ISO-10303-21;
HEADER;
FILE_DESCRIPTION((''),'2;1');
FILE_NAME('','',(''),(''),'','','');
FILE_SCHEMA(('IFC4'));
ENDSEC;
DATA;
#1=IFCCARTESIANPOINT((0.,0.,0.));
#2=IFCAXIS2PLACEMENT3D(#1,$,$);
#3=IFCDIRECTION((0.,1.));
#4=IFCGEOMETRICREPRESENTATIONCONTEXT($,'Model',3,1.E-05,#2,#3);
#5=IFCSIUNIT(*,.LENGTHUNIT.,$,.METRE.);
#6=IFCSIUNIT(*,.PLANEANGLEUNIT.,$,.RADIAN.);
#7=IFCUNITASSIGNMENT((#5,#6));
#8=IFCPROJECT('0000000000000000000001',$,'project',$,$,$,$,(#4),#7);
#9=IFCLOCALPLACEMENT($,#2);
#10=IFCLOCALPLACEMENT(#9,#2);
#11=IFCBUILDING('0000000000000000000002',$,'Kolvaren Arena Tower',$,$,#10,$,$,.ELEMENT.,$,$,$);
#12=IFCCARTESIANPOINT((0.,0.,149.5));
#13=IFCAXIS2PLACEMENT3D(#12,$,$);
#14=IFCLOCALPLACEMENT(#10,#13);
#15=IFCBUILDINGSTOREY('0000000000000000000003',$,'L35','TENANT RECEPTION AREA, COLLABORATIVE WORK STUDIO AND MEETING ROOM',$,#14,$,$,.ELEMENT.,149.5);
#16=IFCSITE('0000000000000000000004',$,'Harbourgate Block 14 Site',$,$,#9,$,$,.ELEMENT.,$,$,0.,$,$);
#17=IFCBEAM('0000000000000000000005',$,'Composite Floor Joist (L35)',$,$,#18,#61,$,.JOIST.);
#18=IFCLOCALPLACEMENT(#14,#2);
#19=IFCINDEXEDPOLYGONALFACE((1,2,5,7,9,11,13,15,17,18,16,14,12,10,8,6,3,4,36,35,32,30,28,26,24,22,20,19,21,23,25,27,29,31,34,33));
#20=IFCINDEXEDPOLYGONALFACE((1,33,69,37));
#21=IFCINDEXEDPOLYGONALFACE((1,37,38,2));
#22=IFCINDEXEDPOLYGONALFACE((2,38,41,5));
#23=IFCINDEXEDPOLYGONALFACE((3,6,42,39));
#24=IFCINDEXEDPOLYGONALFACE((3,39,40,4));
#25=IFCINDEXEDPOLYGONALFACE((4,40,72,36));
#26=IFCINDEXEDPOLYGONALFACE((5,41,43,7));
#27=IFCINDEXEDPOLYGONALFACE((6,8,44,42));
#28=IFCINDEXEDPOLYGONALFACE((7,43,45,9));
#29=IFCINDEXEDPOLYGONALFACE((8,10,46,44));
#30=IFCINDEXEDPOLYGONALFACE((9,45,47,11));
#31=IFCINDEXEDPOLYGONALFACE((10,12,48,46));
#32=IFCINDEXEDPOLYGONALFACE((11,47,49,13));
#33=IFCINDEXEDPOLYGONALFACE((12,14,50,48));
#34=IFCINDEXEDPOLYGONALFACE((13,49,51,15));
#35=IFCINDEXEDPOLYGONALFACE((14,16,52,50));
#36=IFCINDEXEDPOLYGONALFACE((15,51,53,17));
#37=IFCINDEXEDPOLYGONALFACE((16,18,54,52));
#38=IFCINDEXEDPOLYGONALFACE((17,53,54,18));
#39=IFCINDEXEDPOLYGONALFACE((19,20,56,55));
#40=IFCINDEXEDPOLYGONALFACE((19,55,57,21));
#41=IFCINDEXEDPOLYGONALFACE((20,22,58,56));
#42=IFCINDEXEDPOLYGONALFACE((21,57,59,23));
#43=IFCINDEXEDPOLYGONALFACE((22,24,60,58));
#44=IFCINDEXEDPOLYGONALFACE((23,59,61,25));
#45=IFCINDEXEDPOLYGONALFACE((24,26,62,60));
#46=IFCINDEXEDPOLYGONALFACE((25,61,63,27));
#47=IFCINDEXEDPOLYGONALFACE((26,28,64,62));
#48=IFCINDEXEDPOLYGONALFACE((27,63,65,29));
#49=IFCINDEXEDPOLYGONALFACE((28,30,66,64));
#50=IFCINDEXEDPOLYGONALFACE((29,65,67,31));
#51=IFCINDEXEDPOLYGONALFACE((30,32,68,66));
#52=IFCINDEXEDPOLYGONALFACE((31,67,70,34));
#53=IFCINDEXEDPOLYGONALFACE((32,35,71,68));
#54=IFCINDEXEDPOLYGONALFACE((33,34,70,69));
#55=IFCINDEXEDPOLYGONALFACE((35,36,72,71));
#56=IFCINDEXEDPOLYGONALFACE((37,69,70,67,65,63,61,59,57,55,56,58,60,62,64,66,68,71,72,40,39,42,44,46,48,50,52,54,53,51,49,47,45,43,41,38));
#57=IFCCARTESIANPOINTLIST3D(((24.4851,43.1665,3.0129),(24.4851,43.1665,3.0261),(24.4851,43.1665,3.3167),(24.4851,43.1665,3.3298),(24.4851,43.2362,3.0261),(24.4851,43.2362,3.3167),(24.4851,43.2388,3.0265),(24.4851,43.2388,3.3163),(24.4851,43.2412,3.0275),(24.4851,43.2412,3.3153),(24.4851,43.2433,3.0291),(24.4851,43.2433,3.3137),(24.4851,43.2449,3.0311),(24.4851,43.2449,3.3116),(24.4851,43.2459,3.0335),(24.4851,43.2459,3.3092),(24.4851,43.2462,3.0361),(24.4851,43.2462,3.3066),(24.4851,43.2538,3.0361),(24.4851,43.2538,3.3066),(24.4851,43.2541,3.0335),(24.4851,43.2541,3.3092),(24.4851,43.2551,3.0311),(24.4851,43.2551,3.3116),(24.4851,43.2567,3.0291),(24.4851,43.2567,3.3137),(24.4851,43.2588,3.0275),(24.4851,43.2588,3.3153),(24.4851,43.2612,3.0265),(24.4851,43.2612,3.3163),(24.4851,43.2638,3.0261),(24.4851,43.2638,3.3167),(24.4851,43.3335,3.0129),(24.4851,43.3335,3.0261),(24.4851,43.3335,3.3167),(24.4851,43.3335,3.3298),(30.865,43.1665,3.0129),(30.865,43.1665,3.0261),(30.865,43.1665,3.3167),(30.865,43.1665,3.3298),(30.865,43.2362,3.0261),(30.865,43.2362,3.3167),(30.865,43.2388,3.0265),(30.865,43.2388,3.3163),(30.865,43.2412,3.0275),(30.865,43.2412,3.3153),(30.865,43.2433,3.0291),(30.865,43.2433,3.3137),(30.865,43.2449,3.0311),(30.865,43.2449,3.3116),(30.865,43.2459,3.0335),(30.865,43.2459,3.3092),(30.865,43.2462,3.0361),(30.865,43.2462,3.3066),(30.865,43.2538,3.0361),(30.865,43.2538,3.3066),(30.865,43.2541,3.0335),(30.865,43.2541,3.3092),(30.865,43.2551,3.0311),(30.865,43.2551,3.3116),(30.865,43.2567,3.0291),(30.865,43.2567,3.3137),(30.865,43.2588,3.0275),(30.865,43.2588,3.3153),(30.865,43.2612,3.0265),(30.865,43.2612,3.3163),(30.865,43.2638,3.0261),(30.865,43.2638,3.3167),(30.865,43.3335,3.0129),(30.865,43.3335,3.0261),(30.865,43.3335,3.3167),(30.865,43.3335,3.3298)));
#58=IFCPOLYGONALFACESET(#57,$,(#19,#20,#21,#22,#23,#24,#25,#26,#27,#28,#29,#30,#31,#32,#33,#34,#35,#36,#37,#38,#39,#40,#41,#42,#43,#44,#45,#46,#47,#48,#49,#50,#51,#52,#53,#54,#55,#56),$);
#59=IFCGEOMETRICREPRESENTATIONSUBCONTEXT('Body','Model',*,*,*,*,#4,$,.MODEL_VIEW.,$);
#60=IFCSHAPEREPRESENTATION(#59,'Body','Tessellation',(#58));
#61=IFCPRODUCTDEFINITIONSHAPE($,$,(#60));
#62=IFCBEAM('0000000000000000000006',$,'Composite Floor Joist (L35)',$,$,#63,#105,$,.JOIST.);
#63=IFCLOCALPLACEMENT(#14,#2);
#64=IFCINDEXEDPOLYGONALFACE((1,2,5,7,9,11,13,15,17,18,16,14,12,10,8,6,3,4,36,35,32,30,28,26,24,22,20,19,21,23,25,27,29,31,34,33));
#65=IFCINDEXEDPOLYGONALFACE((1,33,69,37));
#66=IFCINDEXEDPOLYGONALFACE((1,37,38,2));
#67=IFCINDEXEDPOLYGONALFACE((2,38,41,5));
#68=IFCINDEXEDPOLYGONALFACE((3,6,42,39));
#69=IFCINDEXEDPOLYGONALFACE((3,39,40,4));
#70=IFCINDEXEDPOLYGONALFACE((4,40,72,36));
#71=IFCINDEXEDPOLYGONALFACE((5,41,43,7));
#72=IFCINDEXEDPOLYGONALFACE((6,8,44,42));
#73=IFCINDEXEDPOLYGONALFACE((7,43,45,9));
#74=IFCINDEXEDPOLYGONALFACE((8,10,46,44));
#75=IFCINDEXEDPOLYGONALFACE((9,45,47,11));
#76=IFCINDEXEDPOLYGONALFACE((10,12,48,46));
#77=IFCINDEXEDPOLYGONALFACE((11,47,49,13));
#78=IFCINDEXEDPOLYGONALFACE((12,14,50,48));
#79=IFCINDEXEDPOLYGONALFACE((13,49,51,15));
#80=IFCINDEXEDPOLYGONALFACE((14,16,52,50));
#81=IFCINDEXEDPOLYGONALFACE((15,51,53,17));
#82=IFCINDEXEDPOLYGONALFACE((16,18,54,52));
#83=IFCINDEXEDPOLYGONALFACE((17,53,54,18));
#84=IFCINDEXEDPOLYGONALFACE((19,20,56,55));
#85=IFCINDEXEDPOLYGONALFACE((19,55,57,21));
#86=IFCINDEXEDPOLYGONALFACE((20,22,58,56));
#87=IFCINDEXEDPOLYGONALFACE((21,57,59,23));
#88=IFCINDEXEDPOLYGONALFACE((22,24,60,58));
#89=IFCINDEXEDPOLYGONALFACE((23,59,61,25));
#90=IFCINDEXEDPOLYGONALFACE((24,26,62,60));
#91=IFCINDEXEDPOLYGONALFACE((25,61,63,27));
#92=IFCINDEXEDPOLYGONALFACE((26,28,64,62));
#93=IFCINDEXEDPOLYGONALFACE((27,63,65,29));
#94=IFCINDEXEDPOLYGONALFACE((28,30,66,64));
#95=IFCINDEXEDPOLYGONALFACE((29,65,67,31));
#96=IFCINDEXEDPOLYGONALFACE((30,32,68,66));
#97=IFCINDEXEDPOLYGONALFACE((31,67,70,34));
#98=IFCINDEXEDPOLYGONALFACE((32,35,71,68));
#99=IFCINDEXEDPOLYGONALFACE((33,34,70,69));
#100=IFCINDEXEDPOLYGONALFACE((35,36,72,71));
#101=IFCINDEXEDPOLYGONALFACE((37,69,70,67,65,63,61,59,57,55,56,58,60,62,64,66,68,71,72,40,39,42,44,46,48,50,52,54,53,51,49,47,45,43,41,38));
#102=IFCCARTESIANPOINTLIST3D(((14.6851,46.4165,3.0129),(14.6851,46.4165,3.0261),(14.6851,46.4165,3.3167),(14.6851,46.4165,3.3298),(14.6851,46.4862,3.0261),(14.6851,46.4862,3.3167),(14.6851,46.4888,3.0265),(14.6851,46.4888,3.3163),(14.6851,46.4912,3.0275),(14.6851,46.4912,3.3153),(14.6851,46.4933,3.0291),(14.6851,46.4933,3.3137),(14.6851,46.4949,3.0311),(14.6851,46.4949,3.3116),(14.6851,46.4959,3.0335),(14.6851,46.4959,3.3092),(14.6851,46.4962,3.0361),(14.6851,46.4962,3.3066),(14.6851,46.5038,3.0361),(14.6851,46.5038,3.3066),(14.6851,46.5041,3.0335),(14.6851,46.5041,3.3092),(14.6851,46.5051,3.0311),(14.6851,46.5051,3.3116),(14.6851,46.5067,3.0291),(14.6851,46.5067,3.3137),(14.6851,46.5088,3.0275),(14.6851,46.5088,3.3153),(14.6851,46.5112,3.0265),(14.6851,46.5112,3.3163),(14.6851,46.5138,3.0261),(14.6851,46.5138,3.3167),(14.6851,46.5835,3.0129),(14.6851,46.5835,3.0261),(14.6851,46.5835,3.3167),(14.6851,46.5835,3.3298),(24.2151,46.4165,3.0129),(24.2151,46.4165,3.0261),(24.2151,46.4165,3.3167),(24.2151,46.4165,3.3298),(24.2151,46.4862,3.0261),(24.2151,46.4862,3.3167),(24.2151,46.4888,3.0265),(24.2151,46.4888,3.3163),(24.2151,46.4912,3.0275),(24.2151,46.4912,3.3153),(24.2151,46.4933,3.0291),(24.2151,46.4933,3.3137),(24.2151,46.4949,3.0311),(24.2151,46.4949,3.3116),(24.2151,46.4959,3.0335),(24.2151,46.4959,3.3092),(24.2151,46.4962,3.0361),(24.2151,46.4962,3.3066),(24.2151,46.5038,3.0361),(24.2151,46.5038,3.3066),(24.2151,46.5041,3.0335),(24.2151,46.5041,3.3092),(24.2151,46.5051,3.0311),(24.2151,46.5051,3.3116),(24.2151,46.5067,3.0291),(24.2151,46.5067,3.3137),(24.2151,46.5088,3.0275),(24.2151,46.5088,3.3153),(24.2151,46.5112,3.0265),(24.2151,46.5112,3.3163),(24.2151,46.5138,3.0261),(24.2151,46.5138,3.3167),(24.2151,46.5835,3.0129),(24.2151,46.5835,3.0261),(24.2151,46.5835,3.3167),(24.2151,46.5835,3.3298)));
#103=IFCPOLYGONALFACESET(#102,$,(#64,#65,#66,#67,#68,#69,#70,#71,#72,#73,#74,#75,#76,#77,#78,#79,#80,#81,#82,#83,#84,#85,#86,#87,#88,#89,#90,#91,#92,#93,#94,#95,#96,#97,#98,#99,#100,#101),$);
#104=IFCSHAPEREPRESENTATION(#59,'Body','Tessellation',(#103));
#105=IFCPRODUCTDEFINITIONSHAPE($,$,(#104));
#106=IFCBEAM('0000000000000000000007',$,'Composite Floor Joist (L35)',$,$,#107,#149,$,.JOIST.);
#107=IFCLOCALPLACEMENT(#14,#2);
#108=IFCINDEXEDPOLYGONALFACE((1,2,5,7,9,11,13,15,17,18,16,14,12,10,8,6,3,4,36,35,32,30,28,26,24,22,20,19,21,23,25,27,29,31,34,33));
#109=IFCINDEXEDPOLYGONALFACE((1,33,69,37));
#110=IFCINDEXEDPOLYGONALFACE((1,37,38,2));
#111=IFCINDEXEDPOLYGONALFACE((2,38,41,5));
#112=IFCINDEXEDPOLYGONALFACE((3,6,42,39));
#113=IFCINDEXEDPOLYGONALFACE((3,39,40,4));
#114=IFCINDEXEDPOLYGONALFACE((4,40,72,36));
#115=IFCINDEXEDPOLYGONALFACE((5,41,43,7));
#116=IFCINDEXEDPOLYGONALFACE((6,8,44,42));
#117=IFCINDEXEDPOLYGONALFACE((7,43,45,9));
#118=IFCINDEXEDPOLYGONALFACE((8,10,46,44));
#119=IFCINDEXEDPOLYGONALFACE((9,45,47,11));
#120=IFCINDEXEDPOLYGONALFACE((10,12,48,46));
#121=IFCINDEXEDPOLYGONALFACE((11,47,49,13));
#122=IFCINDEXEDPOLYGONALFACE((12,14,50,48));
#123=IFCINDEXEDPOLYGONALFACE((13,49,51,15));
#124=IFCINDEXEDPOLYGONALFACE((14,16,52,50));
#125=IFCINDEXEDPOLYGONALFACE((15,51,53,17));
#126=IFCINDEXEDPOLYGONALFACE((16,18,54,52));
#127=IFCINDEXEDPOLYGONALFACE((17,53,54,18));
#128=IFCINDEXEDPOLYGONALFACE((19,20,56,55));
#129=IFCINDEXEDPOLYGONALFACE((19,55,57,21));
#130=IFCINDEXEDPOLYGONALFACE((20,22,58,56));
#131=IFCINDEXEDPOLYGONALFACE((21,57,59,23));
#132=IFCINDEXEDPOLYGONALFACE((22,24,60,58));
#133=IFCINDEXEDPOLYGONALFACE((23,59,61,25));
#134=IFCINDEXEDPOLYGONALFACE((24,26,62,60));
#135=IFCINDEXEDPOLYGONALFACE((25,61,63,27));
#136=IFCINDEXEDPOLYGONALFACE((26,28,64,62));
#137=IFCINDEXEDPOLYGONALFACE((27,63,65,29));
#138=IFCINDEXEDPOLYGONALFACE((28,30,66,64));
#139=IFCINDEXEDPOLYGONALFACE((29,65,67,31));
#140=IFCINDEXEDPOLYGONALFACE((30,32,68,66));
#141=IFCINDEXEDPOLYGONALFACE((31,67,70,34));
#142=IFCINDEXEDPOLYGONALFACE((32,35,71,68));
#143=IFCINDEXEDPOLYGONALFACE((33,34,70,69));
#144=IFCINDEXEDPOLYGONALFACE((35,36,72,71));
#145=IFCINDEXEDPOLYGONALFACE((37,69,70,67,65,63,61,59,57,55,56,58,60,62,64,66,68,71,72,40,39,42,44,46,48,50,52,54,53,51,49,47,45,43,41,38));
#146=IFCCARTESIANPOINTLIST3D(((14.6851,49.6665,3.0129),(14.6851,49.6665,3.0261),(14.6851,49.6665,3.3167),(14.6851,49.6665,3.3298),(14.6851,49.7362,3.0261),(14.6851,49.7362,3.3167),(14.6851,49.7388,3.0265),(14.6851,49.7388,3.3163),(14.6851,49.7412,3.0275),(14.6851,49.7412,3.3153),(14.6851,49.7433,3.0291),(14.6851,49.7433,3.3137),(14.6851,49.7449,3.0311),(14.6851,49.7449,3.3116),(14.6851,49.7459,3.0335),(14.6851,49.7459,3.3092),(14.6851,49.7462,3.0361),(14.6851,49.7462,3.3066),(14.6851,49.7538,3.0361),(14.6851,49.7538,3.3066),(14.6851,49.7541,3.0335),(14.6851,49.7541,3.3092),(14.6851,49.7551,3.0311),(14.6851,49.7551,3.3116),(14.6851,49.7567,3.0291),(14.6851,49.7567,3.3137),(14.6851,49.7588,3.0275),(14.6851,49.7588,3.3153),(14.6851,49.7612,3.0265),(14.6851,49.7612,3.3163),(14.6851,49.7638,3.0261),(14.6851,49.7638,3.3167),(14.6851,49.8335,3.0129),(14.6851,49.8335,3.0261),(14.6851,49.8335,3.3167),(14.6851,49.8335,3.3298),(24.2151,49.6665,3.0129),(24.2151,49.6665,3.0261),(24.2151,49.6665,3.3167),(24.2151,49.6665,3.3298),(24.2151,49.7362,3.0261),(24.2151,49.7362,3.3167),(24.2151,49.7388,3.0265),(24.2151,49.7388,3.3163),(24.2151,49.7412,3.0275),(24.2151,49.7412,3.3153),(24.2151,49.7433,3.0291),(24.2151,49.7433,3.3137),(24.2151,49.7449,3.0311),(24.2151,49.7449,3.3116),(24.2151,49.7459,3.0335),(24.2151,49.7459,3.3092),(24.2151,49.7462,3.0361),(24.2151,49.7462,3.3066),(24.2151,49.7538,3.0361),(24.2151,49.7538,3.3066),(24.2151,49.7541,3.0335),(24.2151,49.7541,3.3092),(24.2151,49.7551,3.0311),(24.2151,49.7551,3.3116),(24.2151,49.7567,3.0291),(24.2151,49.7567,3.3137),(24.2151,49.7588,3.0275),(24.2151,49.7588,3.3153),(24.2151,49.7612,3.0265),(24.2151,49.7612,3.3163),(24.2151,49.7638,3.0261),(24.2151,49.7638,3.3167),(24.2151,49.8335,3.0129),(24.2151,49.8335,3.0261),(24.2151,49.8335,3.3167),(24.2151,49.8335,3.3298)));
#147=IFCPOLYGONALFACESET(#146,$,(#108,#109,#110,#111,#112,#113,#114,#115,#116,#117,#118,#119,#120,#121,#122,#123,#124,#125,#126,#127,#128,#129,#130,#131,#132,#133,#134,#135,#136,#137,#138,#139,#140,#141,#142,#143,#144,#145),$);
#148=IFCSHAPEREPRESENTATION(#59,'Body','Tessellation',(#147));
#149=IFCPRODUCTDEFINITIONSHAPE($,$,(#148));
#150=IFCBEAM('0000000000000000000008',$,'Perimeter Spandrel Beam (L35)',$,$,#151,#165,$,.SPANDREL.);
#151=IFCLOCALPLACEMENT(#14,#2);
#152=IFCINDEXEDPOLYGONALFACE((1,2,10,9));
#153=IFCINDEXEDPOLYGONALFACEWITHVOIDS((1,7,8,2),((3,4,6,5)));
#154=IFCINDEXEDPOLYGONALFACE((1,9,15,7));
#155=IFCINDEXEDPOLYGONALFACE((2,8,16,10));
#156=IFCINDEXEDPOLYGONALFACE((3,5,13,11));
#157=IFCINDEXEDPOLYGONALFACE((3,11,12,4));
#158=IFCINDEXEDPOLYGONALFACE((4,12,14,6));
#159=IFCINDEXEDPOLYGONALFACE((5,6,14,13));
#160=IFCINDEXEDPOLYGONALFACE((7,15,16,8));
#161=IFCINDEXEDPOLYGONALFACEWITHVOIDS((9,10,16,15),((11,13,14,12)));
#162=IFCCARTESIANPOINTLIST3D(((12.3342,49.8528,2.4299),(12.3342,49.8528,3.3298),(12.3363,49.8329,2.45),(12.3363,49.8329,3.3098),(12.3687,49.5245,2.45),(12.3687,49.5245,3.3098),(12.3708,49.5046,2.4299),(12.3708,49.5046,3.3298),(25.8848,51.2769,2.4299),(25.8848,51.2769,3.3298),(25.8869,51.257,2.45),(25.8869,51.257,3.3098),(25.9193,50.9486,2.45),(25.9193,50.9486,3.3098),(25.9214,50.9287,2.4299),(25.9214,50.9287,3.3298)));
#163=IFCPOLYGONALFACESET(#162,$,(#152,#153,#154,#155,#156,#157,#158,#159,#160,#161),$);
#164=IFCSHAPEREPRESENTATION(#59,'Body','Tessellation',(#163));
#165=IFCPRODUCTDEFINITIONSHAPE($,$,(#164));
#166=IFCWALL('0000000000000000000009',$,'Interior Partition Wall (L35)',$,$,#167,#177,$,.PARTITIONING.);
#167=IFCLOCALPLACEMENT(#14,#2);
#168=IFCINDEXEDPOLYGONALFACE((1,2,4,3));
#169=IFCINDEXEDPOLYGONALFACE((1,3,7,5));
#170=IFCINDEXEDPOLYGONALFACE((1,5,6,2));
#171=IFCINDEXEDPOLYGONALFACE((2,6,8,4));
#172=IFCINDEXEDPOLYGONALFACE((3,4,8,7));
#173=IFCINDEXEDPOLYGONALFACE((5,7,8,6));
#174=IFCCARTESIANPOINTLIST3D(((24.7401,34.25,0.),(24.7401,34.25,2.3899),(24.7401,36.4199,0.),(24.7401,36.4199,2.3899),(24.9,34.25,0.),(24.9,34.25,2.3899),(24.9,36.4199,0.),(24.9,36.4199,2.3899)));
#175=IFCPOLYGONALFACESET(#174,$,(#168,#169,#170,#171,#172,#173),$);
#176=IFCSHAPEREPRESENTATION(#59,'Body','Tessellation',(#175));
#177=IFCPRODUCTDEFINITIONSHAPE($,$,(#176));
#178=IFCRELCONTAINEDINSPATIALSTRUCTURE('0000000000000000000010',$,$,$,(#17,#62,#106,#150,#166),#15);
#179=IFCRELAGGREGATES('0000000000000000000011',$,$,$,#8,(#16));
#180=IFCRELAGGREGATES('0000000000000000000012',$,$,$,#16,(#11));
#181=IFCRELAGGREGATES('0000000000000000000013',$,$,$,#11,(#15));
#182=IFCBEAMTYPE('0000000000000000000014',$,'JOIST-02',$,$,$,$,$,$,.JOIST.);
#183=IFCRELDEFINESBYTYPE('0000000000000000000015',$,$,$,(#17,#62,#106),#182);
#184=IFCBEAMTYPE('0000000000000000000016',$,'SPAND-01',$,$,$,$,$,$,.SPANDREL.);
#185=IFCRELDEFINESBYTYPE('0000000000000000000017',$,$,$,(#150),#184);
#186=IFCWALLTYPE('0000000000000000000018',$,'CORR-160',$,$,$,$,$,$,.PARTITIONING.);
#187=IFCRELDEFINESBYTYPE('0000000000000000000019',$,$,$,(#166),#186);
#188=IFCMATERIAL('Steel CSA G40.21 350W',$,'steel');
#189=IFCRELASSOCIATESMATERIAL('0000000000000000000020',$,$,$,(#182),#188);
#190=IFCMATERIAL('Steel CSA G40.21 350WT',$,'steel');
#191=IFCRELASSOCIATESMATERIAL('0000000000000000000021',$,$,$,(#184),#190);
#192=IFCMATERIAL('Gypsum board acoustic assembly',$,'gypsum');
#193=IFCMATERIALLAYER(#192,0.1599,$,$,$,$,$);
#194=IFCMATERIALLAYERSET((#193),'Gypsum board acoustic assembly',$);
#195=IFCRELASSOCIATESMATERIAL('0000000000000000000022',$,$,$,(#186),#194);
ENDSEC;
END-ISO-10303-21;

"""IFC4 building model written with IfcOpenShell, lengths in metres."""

from ifc_helpers import new_model, si_unit, direction, frame, frame_2d, origin, origin_2d, place, context, subcontext, project, spatial, rectangle, hollow_rectangle, i_section, extrude, material, layer, layer_set, material_profile, profile_set, type_object, element, save


model = new_model("IFC4")

# Units and contexts
model_context = context("Model", 3, precision=1e-05, world=origin(), true_north=direction((0.0, 1.0)))
body_context = subcontext(model_context, "Body", "Model", "MODEL_VIEW")
ifc_project = project(units=[si_unit("LENGTHUNIT", "METRE"), si_unit("PLANEANGLEUNIT", "RADIAN")], contexts=[model_context])

# Site, building, storey
site_placement = place(None, origin())
site = spatial("IfcSite", under=ifc_project, at=site_placement, Name="Harbourgate Block 14 Site", CompositionType="ELEMENT", RefElevation=0.0)
building_placement = place(site_placement, origin())
building = spatial("IfcBuilding", under=site, at=building_placement, Name="Kolvaren Arena Tower", CompositionType="ELEMENT")
storey_placement = place(building_placement, frame((0.0, 0.0, 149.5)))
storey = spatial("IfcBuildingStorey", under=building, at=storey_placement, Name="L35", Description="TENANT RECEPTION AREA, COLLABORATIVE WORK STUDIO AND MEETING ROOM", CompositionType="ELEMENT", Elevation=149.5)

# Beams
ifc_material_1 = material(Name="Steel CSA G40.21 350W", Category="steel")
ifc_material_profile_1 = material_profile(ifc_material_1, i_section(OverallWidth=0.167, OverallDepth=0.3169, WebThickness=0.0076, FlangeThickness=0.0132, FilletRadius=0.01, at=origin_2d()), Name="W310x52")
ifc_profile_set_1 = profile_set([ifc_material_profile_1], Name="Steel CSA G40.21 350W")
beam_type_1 = type_object("IfcBeamType", Name="JOIST-02", PredefinedType="JOIST", material=ifc_profile_set_1)
for number, where, z_axis, x_axis, name in (
    (1, (24.4851, 43.25, 3.1714), (1.0, 0.0, 0.0), (0.0, 1.0, 0.0), "Composite Floor Joist (L35)"),
):
    element("IfcBeam", number, at=place(storey_placement, frame(where, z_axis=z_axis, x_axis=x_axis)), inside=storey, type_object=beam_type_1, Name=name, PredefinedType="JOIST", context=body_context, shape_type="SweptSolid", body=[
        extrude(i_section(OverallWidth=0.167, OverallDepth=0.3169, WebThickness=0.0076, FlangeThickness=0.0132, FilletRadius=0.01, at=origin_2d()), origin(), (0.0, 0.0, 1.0), 6.3799),
    ])
for number, where, z_axis, x_axis, name in (
    (2, (14.6851, 46.5, 3.1714), (1.0, 0.0, 0.0), (0.0, 1.0, 0.0), "Composite Floor Joist (L35)"),
    (3, (14.6851, 49.75, 3.1714), (1.0, 0.0, 0.0), (0.0, 1.0, 0.0), "Composite Floor Joist (L35)"),
):
    element("IfcBeam", number, at=place(storey_placement, frame(where, z_axis=z_axis, x_axis=x_axis)), inside=storey, type_object=beam_type_1, Name=name, PredefinedType="JOIST", context=body_context, shape_type="SweptSolid", body=[
        extrude(i_section(OverallWidth=0.167, OverallDepth=0.3169, WebThickness=0.0076, FlangeThickness=0.0132, FilletRadius=0.01, at=origin_2d()), origin(), (0.0, 0.0, 1.0), 9.53),
    ])
ifc_material_2 = material(Name="Steel CSA G40.21 350WT", Category="steel")
ifc_material_profile_2 = material_profile(ifc_material_2, hollow_rectangle(XDim=0.3501, YDim=0.8999, WallThickness=0.02, at=origin_2d()), Name="HSS 900x350x20")
ifc_profile_set_2 = profile_set([ifc_material_profile_2], Name="Steel CSA G40.21 350WT")
beam_type_2 = type_object("IfcBeamType", Name="SPAND-01", PredefinedType="SPANDREL", material=ifc_profile_set_2)
beam_1_placement = place(storey_placement, frame((25.9031, 51.1028, 2.8799), z_axis=(-0.994523, -0.104518, 0.0), x_axis=(0.104518, -0.994523, 0.0)))
element("IfcBeam", 4, at=beam_1_placement, inside=storey, type_object=beam_type_2, Name="Perimeter Spandrel Beam (L35)", PredefinedType="SPANDREL", context=body_context, shape_type="SweptSolid", body=[
    extrude(hollow_rectangle(XDim=0.3501, YDim=0.8999, WallThickness=0.02, at=origin_2d()), origin(), (0.0, 0.0, 1.0), 13.6252),
])

# Wall
ifc_material_3 = material(Name="Gypsum board acoustic assembly", Category="gypsum")
ifc_layer_1 = layer(ifc_material_3, 0.1599)
ifc_layer_set_1 = layer_set([ifc_layer_1], Name="Gypsum board acoustic assembly")
wall_type_1 = type_object("IfcWallType", Name="CORR-160", PredefinedType="PARTITIONING", material=ifc_layer_set_1)
wall_1_placement = place(storey_placement, frame((24.8201, 34.25, 0.0), z_axis=(0.0, 0.0, 1.0), x_axis=(0.0, 1.0, 0.0)))
element("IfcWall", 5, at=wall_1_placement, inside=storey, type_object=wall_type_1, Name="Interior Partition Wall (L35)", PredefinedType="PARTITIONING", context=body_context, shape_type="SweptSolid", body=[
    extrude(rectangle(XDim=2.1699, YDim=0.1599, at=frame_2d((1.085, 0.0))), origin(), (0.0, 0.0, 1.0), 2.3899),
])

save(model, "model.ifc")
